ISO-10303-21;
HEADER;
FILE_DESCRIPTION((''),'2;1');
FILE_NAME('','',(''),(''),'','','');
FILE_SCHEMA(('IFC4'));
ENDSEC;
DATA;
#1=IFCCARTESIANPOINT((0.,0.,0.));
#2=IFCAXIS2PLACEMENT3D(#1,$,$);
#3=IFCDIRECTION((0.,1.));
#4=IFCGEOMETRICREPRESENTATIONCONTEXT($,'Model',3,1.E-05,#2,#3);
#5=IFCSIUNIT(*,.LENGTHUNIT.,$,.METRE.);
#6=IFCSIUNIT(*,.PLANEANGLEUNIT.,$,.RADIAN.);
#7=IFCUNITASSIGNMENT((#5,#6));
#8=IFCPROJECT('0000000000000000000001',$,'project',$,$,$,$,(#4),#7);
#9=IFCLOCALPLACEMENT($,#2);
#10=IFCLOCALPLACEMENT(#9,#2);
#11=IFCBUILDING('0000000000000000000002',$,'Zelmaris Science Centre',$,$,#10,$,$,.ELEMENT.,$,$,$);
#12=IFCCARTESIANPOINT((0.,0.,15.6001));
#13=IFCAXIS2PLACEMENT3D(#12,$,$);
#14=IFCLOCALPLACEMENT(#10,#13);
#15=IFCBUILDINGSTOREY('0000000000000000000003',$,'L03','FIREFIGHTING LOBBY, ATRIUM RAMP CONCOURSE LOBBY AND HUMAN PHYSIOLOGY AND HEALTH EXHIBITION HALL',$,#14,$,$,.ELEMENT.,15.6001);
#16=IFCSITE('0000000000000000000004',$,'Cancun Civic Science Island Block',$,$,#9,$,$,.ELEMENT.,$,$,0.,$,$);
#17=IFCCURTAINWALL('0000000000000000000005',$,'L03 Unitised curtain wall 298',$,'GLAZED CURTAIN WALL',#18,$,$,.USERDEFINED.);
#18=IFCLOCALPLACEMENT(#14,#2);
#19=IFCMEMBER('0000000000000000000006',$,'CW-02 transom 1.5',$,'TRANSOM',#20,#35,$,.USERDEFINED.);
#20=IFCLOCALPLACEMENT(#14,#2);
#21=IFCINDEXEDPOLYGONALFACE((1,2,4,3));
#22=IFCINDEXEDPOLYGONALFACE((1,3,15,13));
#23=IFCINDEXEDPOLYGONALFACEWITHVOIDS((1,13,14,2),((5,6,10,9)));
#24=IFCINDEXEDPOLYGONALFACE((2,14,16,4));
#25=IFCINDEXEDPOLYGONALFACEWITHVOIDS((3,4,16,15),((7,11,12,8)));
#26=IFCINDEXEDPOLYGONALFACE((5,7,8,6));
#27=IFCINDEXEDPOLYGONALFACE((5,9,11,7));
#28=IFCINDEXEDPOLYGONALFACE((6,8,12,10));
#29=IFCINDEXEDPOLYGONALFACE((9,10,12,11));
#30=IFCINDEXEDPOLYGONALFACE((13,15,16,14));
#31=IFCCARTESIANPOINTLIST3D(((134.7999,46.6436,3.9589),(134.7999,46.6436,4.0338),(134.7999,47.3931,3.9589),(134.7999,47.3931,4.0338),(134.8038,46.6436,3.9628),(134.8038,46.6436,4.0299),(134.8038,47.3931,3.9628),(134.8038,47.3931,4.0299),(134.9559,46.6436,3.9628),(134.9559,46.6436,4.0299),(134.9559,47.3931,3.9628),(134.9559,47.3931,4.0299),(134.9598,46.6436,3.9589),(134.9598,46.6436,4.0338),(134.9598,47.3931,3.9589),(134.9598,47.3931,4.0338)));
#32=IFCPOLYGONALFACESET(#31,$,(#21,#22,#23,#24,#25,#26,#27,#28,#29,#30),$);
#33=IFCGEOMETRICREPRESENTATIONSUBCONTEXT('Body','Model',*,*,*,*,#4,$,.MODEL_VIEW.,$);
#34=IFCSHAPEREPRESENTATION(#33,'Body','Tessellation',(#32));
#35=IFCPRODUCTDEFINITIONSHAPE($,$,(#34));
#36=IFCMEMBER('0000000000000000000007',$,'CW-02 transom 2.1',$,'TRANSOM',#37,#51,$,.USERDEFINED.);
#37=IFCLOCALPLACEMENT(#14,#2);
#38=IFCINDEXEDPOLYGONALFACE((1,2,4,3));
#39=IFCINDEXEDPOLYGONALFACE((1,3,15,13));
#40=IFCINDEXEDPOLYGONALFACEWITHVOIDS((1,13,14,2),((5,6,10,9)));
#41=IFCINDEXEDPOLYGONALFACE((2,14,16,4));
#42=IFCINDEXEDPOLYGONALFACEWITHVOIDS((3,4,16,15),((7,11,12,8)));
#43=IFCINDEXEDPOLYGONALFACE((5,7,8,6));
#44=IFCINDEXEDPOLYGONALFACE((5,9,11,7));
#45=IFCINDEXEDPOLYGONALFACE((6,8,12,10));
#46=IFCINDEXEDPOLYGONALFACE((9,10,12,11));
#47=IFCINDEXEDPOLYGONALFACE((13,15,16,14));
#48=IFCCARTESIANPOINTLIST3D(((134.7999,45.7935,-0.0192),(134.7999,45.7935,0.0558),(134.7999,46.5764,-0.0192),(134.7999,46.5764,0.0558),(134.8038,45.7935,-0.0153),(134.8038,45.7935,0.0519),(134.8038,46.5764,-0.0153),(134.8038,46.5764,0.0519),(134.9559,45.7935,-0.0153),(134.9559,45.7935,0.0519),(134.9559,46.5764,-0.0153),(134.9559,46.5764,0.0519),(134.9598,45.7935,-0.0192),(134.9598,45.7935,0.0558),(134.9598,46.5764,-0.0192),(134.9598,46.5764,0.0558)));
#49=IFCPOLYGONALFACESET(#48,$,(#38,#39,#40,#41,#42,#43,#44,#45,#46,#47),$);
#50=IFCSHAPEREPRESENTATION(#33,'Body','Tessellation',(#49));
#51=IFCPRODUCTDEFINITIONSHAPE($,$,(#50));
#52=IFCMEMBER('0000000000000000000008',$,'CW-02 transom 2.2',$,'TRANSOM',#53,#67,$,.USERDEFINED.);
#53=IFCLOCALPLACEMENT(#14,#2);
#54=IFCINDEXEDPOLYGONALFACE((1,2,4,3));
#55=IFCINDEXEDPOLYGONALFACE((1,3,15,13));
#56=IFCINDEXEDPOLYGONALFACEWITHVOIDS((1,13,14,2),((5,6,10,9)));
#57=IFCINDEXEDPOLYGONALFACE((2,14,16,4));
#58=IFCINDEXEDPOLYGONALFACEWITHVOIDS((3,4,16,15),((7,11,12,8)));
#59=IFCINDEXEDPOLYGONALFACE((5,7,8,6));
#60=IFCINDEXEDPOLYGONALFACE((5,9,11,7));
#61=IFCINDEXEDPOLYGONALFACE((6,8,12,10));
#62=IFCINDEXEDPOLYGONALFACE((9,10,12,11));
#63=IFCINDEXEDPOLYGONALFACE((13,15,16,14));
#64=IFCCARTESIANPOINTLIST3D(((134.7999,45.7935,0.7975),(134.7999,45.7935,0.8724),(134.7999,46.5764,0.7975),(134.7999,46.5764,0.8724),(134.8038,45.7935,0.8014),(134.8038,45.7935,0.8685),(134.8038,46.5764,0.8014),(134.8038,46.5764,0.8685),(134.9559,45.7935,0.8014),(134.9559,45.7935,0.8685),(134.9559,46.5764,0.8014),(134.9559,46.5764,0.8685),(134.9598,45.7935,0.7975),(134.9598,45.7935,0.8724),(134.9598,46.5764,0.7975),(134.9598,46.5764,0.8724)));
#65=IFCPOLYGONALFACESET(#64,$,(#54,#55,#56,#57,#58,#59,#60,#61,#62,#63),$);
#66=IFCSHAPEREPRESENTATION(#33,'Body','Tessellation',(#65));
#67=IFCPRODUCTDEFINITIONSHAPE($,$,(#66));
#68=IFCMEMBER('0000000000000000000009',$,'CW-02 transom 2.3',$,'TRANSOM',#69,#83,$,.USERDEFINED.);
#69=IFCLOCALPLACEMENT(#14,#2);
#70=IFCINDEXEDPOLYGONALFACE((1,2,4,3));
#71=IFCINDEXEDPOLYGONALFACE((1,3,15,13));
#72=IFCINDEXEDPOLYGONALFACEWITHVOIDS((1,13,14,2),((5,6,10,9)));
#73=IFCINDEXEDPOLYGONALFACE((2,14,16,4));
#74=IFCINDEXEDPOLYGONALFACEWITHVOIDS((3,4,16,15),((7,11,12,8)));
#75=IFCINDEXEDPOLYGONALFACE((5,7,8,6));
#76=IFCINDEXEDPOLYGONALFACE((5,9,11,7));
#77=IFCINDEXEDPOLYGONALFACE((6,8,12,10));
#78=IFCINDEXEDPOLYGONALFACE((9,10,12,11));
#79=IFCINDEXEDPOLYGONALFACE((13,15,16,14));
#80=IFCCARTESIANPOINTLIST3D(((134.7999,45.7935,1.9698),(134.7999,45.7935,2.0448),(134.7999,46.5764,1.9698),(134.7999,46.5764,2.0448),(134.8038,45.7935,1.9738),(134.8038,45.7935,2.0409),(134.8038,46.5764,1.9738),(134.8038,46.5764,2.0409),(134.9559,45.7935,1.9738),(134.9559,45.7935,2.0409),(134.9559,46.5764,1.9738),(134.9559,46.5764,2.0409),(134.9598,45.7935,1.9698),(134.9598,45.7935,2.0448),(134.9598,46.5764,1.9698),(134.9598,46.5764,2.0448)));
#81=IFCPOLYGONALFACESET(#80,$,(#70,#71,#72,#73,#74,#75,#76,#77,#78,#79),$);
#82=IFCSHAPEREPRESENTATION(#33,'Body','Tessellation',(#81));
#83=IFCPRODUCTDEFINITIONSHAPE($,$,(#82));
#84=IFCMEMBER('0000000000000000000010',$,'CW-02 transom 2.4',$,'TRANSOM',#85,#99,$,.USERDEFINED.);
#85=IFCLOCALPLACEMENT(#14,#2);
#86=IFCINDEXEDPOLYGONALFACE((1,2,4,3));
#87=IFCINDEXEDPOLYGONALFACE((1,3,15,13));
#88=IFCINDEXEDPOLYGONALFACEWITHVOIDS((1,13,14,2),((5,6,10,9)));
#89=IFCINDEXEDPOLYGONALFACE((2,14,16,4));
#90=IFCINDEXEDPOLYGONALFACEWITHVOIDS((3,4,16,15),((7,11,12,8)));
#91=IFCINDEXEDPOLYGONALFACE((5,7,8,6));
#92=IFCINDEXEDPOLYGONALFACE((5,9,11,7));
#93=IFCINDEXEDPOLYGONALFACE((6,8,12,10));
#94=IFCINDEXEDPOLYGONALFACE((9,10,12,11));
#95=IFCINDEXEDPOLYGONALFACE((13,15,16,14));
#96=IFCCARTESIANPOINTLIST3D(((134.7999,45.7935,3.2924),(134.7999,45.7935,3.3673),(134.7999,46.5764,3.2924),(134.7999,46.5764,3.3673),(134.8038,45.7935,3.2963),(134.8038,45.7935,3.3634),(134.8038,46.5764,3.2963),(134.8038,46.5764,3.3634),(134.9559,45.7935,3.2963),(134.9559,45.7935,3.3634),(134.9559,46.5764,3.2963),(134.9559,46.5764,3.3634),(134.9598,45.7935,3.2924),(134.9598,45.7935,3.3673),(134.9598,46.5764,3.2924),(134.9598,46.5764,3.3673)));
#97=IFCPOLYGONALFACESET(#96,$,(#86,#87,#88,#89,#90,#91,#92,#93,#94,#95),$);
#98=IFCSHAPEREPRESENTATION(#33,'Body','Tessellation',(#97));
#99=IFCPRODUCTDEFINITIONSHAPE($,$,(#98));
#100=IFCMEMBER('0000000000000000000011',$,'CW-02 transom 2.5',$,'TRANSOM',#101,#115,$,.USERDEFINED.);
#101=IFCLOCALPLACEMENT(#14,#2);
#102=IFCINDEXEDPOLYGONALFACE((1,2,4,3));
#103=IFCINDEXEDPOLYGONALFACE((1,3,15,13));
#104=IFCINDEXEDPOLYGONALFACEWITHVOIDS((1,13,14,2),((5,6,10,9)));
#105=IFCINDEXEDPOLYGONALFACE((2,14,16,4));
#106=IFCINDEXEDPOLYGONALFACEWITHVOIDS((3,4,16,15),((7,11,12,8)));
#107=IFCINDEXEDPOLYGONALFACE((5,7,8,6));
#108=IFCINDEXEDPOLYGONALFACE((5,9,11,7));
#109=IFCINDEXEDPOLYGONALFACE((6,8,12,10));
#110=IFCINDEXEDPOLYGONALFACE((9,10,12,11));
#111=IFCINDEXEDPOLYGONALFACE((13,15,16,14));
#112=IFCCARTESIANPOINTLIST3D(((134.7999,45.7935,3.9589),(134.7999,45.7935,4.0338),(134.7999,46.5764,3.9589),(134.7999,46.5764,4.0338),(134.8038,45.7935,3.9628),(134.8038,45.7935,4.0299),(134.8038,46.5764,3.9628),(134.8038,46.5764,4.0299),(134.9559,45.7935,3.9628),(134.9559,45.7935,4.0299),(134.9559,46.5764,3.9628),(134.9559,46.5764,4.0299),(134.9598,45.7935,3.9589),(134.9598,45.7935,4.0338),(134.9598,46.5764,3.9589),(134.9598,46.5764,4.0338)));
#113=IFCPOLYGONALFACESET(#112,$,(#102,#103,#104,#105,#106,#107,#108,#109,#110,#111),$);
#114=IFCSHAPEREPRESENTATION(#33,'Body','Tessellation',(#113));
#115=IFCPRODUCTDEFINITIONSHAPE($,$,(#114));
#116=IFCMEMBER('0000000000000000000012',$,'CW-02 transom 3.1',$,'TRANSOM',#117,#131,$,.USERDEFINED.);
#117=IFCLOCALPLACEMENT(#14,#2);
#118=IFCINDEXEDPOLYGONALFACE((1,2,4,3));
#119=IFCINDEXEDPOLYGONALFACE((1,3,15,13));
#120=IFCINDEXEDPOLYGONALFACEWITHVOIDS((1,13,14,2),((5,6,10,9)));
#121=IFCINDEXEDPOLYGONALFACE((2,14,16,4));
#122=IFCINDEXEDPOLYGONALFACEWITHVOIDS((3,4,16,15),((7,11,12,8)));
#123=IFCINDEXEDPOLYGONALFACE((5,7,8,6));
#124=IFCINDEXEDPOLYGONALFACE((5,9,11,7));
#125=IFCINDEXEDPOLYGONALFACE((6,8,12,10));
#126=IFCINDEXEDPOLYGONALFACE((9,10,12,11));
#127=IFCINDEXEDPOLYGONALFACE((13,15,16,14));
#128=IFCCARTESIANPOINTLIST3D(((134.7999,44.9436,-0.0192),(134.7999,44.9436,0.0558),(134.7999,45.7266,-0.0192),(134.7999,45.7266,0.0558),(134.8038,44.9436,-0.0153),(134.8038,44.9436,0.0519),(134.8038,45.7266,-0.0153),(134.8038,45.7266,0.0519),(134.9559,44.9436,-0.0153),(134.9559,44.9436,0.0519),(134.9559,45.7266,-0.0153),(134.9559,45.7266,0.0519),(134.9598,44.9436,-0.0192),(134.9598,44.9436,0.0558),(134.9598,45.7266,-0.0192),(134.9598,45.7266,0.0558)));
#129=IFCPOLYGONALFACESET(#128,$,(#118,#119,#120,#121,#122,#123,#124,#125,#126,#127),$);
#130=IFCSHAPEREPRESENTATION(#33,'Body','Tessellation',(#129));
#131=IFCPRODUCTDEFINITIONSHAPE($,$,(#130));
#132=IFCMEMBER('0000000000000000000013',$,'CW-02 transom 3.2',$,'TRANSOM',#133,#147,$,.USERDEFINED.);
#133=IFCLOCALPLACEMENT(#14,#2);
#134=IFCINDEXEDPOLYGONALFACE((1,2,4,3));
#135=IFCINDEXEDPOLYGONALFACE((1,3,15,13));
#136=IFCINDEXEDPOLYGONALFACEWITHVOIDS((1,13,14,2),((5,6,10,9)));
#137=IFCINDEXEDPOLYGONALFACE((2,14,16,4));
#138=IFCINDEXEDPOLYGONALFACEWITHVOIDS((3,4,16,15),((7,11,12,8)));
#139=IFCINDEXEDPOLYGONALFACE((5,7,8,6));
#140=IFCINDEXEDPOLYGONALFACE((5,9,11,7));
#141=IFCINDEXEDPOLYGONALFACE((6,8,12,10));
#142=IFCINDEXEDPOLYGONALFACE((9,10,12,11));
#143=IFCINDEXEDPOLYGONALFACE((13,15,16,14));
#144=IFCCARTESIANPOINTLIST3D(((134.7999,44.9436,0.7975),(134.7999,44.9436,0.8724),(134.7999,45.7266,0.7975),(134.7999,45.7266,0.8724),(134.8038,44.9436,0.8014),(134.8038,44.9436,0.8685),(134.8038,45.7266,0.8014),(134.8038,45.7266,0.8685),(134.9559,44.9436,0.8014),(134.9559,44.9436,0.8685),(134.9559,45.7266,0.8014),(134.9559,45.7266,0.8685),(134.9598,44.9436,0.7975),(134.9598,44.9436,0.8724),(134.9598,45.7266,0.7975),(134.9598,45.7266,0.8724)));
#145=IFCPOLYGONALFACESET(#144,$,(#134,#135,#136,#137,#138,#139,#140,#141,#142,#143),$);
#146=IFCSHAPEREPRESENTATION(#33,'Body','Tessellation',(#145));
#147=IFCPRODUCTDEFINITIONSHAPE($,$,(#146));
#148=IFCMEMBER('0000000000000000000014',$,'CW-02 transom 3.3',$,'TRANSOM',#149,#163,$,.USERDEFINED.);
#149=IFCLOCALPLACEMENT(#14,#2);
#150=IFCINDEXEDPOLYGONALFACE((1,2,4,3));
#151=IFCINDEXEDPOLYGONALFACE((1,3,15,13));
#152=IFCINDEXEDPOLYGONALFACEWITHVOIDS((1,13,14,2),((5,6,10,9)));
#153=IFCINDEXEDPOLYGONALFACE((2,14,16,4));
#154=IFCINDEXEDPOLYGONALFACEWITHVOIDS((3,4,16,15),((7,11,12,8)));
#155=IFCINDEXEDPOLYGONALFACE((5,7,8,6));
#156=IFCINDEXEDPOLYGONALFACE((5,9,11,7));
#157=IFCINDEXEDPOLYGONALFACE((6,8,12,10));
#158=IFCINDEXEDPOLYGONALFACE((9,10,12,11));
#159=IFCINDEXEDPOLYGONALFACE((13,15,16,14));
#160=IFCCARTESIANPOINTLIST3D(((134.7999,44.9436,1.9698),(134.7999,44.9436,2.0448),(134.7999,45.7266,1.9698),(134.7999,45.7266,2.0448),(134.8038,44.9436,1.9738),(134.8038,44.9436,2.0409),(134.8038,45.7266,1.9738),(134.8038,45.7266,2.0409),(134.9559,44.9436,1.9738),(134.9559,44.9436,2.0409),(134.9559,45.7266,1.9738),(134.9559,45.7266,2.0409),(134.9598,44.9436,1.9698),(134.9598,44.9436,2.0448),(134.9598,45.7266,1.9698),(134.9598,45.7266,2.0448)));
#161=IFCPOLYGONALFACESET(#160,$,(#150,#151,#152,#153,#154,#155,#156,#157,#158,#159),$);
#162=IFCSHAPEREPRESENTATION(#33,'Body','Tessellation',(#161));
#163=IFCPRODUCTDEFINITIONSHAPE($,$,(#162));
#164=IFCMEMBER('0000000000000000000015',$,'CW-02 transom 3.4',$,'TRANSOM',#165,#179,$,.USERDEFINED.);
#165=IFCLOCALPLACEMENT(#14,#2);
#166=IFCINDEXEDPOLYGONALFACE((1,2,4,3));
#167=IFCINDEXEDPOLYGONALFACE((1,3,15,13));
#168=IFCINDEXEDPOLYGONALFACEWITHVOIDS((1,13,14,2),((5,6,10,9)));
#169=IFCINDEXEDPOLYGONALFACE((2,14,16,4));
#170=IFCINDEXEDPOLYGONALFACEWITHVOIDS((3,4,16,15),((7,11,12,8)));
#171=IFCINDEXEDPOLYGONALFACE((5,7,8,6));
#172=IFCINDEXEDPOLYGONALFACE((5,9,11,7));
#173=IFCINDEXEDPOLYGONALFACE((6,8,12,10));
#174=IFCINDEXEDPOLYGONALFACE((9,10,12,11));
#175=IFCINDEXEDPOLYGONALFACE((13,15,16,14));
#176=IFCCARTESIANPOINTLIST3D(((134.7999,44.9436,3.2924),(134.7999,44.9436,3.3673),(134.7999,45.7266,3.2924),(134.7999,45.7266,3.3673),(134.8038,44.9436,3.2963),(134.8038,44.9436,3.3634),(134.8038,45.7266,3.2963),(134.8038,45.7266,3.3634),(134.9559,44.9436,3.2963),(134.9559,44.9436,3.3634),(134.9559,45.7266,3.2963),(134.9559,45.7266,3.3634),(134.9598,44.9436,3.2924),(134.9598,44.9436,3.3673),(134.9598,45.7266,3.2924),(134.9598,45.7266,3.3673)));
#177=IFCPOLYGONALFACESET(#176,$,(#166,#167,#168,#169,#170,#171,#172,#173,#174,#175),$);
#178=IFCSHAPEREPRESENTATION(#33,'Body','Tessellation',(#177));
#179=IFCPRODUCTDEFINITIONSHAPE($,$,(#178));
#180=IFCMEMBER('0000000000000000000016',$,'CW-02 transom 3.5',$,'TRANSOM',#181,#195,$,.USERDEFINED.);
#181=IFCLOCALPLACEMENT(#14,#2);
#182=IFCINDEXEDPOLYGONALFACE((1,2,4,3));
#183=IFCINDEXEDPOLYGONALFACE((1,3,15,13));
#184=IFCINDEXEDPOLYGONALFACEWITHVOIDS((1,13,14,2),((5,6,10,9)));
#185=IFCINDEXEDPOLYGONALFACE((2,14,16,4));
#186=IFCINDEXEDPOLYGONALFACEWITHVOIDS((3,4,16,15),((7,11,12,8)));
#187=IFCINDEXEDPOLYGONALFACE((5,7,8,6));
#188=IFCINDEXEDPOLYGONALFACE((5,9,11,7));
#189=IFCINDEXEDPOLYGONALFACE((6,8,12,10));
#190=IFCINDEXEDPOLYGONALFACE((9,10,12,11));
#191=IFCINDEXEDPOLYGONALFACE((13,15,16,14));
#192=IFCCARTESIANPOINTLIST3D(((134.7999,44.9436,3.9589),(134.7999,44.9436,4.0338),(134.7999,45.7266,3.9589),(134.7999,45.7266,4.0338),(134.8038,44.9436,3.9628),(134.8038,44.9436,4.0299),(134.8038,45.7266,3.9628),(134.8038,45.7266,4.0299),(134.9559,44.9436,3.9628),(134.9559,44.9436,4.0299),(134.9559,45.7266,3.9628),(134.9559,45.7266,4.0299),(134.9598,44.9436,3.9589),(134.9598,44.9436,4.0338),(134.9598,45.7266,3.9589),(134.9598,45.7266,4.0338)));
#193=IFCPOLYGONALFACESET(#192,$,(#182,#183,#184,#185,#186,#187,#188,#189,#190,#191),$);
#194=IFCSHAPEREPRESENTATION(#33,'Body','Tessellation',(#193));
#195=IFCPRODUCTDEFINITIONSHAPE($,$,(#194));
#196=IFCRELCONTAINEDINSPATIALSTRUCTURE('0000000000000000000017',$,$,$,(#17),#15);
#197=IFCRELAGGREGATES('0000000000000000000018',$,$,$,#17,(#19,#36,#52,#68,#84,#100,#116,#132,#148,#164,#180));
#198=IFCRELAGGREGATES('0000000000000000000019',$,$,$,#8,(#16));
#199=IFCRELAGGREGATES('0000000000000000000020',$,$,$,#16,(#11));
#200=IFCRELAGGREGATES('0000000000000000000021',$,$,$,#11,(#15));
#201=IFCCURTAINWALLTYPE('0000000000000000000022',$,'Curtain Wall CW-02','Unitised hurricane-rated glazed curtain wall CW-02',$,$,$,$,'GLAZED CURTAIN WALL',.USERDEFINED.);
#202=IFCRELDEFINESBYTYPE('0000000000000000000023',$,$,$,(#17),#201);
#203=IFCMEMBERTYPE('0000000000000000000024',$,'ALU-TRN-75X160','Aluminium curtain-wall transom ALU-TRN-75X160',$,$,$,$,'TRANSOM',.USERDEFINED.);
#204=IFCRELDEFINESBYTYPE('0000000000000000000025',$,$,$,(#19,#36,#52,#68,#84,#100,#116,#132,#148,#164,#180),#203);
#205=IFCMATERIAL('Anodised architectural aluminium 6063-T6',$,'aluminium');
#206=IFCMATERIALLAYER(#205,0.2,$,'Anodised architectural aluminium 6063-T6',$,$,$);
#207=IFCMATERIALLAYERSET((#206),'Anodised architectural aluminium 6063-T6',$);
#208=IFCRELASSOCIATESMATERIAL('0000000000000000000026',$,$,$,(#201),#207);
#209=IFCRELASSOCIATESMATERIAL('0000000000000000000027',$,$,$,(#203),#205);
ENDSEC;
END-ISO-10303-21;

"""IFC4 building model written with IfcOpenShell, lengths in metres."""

from ifc_helpers import new_model, si_unit, direction, frame, origin, origin_2d, place, context, subcontext, project, spatial, hollow_rectangle, extrude, material, layer, layer_set, material_profile, profile_set, type_object, element, aggregate, save


model = new_model("IFC4")

# Units and contexts
model_context = context("Model", 3, precision=1e-05, world=origin(), true_north=direction((0.0, 1.0)))
body_context = subcontext(model_context, "Body", "Model", "MODEL_VIEW")
ifc_project = project(units=[si_unit("LENGTHUNIT", "METRE"), si_unit("PLANEANGLEUNIT", "RADIAN")], contexts=[model_context])

# Site, building, storey
site_placement = place(None, origin())
site = spatial("IfcSite", under=ifc_project, at=site_placement, Name="Cancun Civic Science Island Block", CompositionType="ELEMENT", RefElevation=0.0)
building_placement = place(site_placement, origin())
building = spatial("IfcBuilding", under=site, at=building_placement, Name="Zelmaris Science Centre", CompositionType="ELEMENT")
storey_placement = place(building_placement, frame((0.0, 0.0, 15.6001)))
storey = spatial("IfcBuildingStorey", under=building, at=storey_placement, Name="L03", Description="FIREFIGHTING LOBBY, ATRIUM RAMP CONCOURSE LOBBY AND HUMAN PHYSIOLOGY AND HEALTH EXHIBITION HALL", CompositionType="ELEMENT", Elevation=15.6001)

# Shared definitions
ifc_material_1 = material(Name="Anodised architectural aluminium 6063-T6", Category="aluminium")

# Curtain wall, members
ifc_layer_1 = layer(ifc_material_1, 0.2, Name="Anodised architectural aluminium 6063-T6")
ifc_layer_set_1 = layer_set([ifc_layer_1], Name="Anodised architectural aluminium 6063-T6")
curtain_wall_type_1 = type_object("IfcCurtainWallType", Name="Curtain Wall CW-02", Description="Unitised hurricane-rated glazed curtain wall CW-02", ElementType="GLAZED CURTAIN WALL", PredefinedType="USERDEFINED", material=ifc_layer_set_1)
curtain_wall_1_placement = place(storey_placement, origin())
curtain_wall_1 = element("IfcCurtainWall", 1, at=curtain_wall_1_placement, inside=storey, type_object=curtain_wall_type_1, Name="L03 Unitised curtain wall 298", ObjectType="GLAZED CURTAIN WALL", PredefinedType="USERDEFINED")
ifc_material_profile_1 = material_profile(ifc_material_1, hollow_rectangle(XDim=0.075, YDim=0.1599, WallThickness=0.0039, at=origin_2d()), Name="ALU-TRN-75X160")
ifc_profile_set_1 = profile_set([ifc_material_profile_1], Name="Anodised architectural aluminium 6063-T6")
member_type_1 = type_object("IfcMemberType", Name="ALU-TRN-75X160", Description="Aluminium curtain-wall transom ALU-TRN-75X160", ElementType="TRANSOM", PredefinedType="USERDEFINED", material=ifc_profile_set_1)
member_1_placement = place(storey_placement, frame((134.8799, 47.3931, 3.9963), z_axis=(0.0, -1.0, 0.0), x_axis=(0.0, 0.0, 1.0)))
member_1 = element("IfcMember", 2, at=member_1_placement, type_object=member_type_1, Name="CW-02 transom 1.5", ObjectType="TRANSOM", PredefinedType="USERDEFINED", context=body_context, shape_type="SweptSolid", body=[
    extrude(hollow_rectangle(XDim=0.075, YDim=0.1599, WallThickness=0.0039, at=origin_2d()), origin(), (0.0, 0.0, 1.0), 0.7495),
])
member_2_placement = place(storey_placement, frame((134.8799, 46.5764, 0.0183), z_axis=(0.0, -1.0, 0.0), x_axis=(0.0, 0.0, 1.0)))
member_2 = element("IfcMember", 3, at=member_2_placement, type_object=member_type_1, Name="CW-02 transom 2.1", ObjectType="TRANSOM", PredefinedType="USERDEFINED", context=body_context, shape_type="SweptSolid", body=[
    extrude(hollow_rectangle(XDim=0.075, YDim=0.1599, WallThickness=0.0039, at=origin_2d()), origin(), (0.0, 0.0, 1.0), 0.783),
])
member_3_placement = place(storey_placement, frame((134.8799, 46.5764, 0.835), z_axis=(0.0, -1.0, 0.0), x_axis=(0.0, 0.0, 1.0)))
member_3 = element("IfcMember", 4, at=member_3_placement, type_object=member_type_1, Name="CW-02 transom 2.2", ObjectType="TRANSOM", PredefinedType="USERDEFINED", context=body_context, shape_type="SweptSolid", body=[
    extrude(hollow_rectangle(XDim=0.075, YDim=0.1599, WallThickness=0.0039, at=origin_2d()), origin(), (0.0, 0.0, 1.0), 0.783),
])
member_4_placement = place(storey_placement, frame((134.8799, 46.5764, 2.0073), z_axis=(0.0, -1.0, 0.0), x_axis=(0.0, 0.0, 1.0)))
member_4 = element("IfcMember", 5, at=member_4_placement, type_object=member_type_1, Name="CW-02 transom 2.3", ObjectType="TRANSOM", PredefinedType="USERDEFINED", context=body_context, shape_type="SweptSolid", body=[
    extrude(hollow_rectangle(XDim=0.075, YDim=0.1599, WallThickness=0.0039, at=origin_2d()), origin(), (0.0, 0.0, 1.0), 0.783),
])
member_5_placement = place(storey_placement, frame((134.8799, 46.5764, 3.3298), z_axis=(0.0, -1.0, 0.0), x_axis=(0.0, 0.0, 1.0)))
member_5 = element("IfcMember", 6, at=member_5_placement, type_object=member_type_1, Name="CW-02 transom 2.4", ObjectType="TRANSOM", PredefinedType="USERDEFINED", context=body_context, shape_type="SweptSolid", body=[
    extrude(hollow_rectangle(XDim=0.075, YDim=0.1599, WallThickness=0.0039, at=origin_2d()), origin(), (0.0, 0.0, 1.0), 0.783),
])
member_6_placement = place(storey_placement, frame((134.8799, 46.5764, 3.9963), z_axis=(0.0, -1.0, 0.0), x_axis=(0.0, 0.0, 1.0)))
member_6 = element("IfcMember", 7, at=member_6_placement, type_object=member_type_1, Name="CW-02 transom 2.5", ObjectType="TRANSOM", PredefinedType="USERDEFINED", context=body_context, shape_type="SweptSolid", body=[
    extrude(hollow_rectangle(XDim=0.075, YDim=0.1599, WallThickness=0.0039, at=origin_2d()), origin(), (0.0, 0.0, 1.0), 0.783),
])
member_7_placement = place(storey_placement, frame((134.8799, 45.7266, 0.0183), z_axis=(0.0, -1.0, 0.0), x_axis=(0.0, 0.0, 1.0)))
member_7 = element("IfcMember", 8, at=member_7_placement, type_object=member_type_1, Name="CW-02 transom 3.1", ObjectType="TRANSOM", PredefinedType="USERDEFINED", context=body_context, shape_type="SweptSolid", body=[
    extrude(hollow_rectangle(XDim=0.075, YDim=0.1599, WallThickness=0.0039, at=origin_2d()), origin(), (0.0, 0.0, 1.0), 0.783),
])
member_8_placement = place(storey_placement, frame((134.8799, 45.7266, 0.835), z_axis=(0.0, -1.0, 0.0), x_axis=(0.0, 0.0, 1.0)))
member_8 = element("IfcMember", 9, at=member_8_placement, type_object=member_type_1, Name="CW-02 transom 3.2", ObjectType="TRANSOM", PredefinedType="USERDEFINED", context=body_context, shape_type="SweptSolid", body=[
    extrude(hollow_rectangle(XDim=0.075, YDim=0.1599, WallThickness=0.0039, at=origin_2d()), origin(), (0.0, 0.0, 1.0), 0.783),
])
member_9_placement = place(storey_placement, frame((134.8799, 45.7266, 2.0073), z_axis=(0.0, -1.0, 0.0), x_axis=(0.0, 0.0, 1.0)))
member_9 = element("IfcMember", 10, at=member_9_placement, type_object=member_type_1, Name="CW-02 transom 3.3", ObjectType="TRANSOM", PredefinedType="USERDEFINED", context=body_context, shape_type="SweptSolid", body=[
    extrude(hollow_rectangle(XDim=0.075, YDim=0.1599, WallThickness=0.0039, at=origin_2d()), origin(), (0.0, 0.0, 1.0), 0.783),
])
member_10_placement = place(storey_placement, frame((134.8799, 45.7266, 3.3298), z_axis=(0.0, -1.0, 0.0), x_axis=(0.0, 0.0, 1.0)))
member_10 = element("IfcMember", 11, at=member_10_placement, type_object=member_type_1, Name="CW-02 transom 3.4", ObjectType="TRANSOM", PredefinedType="USERDEFINED", context=body_context, shape_type="SweptSolid", body=[
    extrude(hollow_rectangle(XDim=0.075, YDim=0.1599, WallThickness=0.0039, at=origin_2d()), origin(), (0.0, 0.0, 1.0), 0.783),
])
member_11_placement = place(storey_placement, frame((134.8799, 45.7266, 3.9963), z_axis=(0.0, -1.0, 0.0), x_axis=(0.0, 0.0, 1.0)))
member_11 = element("IfcMember", 12, at=member_11_placement, type_object=member_type_1, Name="CW-02 transom 3.5", ObjectType="TRANSOM", PredefinedType="USERDEFINED", context=body_context, shape_type="SweptSolid", body=[
    extrude(hollow_rectangle(XDim=0.075, YDim=0.1599, WallThickness=0.0039, at=origin_2d()), origin(), (0.0, 0.0, 1.0), 0.783),
])

aggregate(curtain_wall_1, [member_1, member_2, member_3, member_4, member_5, member_6, member_7, member_8, member_9, member_10, member_11])

save(model, "model.ifc")
